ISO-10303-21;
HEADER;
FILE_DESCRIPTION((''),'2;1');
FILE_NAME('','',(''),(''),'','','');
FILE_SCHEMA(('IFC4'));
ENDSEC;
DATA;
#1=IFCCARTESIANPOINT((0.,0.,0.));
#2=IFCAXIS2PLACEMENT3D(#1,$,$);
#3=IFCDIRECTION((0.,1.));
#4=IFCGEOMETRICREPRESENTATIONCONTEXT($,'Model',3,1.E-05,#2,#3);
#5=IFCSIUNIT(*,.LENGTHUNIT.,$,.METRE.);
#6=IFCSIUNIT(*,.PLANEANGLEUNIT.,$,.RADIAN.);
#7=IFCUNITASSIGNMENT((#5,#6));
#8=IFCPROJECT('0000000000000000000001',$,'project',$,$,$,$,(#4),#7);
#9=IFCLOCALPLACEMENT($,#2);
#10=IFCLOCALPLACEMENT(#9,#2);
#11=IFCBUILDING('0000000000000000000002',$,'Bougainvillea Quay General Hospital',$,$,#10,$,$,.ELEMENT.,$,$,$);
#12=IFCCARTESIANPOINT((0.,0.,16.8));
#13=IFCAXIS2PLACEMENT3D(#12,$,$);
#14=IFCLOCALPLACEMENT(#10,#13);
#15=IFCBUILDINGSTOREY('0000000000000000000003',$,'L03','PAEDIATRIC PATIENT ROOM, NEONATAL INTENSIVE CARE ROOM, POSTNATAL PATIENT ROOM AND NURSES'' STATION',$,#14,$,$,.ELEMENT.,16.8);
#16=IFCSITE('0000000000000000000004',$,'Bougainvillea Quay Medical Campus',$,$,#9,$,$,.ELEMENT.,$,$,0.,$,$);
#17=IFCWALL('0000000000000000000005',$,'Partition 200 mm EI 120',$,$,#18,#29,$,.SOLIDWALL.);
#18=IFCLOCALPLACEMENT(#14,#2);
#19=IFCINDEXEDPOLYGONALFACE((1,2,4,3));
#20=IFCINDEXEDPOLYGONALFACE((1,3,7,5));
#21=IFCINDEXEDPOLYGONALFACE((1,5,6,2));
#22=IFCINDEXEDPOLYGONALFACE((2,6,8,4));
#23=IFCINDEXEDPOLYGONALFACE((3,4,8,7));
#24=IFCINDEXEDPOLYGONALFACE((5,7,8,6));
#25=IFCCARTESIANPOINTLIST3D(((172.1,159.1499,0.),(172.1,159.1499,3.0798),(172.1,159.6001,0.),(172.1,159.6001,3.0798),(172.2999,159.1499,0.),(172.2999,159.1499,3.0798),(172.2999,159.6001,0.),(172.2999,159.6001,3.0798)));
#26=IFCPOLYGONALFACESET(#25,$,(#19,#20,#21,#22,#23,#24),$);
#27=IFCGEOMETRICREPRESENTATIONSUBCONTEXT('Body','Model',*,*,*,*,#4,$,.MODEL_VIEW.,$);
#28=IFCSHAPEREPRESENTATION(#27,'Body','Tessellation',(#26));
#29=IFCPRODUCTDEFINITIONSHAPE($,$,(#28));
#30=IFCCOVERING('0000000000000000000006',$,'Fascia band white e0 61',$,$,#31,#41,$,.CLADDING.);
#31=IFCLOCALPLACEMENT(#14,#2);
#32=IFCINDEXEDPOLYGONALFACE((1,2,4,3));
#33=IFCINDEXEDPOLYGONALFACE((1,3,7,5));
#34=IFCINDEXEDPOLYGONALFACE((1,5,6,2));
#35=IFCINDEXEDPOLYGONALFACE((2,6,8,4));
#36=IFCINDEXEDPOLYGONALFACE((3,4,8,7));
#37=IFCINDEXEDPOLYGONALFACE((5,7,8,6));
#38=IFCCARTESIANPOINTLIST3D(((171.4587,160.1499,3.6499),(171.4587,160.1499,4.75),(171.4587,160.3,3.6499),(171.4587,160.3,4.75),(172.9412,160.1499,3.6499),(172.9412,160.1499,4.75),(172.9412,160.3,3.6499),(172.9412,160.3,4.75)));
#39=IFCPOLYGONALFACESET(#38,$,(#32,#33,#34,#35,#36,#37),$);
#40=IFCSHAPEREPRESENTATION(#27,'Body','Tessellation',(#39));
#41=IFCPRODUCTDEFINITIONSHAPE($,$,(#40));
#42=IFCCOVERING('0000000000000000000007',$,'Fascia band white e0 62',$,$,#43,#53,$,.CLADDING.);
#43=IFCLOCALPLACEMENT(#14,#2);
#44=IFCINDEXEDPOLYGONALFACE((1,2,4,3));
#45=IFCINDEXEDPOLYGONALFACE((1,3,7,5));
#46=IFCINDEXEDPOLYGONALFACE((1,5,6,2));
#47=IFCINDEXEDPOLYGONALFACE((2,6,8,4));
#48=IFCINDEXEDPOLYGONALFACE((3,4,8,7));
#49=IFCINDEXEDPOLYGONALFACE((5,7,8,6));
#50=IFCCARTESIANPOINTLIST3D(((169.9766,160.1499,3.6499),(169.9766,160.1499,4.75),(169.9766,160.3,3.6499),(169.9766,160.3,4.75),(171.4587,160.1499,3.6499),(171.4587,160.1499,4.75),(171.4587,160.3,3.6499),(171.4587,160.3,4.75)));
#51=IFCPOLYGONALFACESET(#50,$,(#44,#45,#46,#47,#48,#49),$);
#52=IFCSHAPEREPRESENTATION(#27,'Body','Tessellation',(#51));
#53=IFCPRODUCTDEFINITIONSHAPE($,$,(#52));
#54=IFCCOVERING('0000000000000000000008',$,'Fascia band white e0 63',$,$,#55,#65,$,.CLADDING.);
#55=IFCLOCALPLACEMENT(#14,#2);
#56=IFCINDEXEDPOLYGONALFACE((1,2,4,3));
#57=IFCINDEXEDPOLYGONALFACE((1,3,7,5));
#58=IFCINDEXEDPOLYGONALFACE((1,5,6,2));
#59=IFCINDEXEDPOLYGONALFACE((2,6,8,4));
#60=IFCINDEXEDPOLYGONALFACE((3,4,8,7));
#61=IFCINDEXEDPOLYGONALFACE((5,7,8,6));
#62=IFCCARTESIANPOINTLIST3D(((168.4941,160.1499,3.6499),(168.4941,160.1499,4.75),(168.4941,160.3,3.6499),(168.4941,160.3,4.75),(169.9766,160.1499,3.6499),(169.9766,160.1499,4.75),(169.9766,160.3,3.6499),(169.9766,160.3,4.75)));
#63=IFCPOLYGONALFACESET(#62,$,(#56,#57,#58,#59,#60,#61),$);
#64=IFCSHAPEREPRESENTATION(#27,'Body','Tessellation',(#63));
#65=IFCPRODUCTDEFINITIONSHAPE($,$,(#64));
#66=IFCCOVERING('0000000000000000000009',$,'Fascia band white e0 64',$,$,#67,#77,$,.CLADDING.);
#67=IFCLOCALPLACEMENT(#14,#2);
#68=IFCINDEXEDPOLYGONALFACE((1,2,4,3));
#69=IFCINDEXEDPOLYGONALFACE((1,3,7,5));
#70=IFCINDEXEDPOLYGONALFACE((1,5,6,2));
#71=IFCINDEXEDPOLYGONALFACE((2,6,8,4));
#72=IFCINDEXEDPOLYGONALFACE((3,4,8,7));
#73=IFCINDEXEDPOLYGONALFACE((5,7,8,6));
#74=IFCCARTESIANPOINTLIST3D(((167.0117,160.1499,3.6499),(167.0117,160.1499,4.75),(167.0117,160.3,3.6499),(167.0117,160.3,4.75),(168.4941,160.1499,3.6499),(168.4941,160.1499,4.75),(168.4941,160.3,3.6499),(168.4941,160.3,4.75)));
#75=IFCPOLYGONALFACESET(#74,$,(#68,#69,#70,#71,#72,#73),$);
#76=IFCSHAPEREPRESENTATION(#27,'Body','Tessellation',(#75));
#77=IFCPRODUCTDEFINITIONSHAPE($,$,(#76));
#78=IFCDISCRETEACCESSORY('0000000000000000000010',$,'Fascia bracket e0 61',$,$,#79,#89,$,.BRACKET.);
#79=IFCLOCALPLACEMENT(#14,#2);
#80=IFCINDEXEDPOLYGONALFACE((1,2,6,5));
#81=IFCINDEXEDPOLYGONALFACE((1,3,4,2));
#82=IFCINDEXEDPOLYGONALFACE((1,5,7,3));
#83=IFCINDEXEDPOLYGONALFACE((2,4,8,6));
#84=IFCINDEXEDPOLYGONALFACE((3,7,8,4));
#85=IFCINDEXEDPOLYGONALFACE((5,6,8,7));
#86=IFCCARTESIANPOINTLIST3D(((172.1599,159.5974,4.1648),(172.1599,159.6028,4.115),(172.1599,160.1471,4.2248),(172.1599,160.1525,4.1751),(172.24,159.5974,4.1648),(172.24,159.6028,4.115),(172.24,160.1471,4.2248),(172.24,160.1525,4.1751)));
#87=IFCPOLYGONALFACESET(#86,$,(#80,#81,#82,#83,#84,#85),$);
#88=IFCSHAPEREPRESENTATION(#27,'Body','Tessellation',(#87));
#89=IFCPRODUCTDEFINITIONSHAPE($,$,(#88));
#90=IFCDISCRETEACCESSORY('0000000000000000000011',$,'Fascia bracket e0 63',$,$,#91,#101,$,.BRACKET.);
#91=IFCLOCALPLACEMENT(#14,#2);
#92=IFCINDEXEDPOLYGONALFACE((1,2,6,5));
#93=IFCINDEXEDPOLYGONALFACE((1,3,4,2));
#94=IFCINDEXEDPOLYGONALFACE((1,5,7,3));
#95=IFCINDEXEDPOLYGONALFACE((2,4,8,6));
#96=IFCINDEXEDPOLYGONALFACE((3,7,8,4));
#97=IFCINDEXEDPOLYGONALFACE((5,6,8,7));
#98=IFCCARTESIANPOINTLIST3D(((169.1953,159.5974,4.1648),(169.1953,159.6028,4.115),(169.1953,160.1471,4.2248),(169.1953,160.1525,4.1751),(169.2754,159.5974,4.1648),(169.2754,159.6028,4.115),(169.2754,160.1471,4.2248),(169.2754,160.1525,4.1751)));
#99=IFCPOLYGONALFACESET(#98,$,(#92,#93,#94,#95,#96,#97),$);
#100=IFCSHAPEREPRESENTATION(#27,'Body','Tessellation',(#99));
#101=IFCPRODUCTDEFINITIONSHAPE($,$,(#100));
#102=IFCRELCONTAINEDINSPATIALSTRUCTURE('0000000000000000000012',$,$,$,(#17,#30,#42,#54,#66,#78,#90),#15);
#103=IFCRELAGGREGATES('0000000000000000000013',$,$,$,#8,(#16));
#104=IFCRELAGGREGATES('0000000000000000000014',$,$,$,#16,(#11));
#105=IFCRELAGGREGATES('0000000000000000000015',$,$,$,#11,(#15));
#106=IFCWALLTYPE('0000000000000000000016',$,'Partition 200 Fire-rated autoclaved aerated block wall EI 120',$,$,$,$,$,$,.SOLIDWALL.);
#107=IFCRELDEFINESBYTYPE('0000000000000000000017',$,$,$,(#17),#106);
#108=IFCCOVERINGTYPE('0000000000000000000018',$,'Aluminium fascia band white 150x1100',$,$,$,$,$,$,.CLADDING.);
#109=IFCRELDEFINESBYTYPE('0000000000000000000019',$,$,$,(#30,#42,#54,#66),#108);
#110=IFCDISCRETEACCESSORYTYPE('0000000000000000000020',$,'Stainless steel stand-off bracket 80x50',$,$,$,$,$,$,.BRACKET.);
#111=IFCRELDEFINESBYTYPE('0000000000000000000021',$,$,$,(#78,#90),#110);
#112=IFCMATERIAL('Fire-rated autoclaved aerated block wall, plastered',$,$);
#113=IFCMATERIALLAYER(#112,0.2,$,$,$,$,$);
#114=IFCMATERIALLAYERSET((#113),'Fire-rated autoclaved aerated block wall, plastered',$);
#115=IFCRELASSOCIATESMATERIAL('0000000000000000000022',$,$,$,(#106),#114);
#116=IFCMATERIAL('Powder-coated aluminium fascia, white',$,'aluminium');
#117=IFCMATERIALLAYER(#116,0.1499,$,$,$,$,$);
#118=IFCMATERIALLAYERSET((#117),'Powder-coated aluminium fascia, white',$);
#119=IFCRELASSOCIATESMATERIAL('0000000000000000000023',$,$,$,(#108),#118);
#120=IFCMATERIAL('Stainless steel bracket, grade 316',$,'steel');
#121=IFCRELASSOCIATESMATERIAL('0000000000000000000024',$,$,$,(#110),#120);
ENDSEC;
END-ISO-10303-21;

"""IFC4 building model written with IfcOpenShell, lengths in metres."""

from ifc_helpers import new_model, si_unit, direction, frame, frame_2d, origin, origin_2d, place, context, subcontext, project, spatial, polyline, rectangle, outline, extrude, material, layer, layer_set, material_profile, profile_set, type_object, element, save


model = new_model("IFC4")

# Units and contexts
model_context = context("Model", 3, precision=1e-05, world=origin(), true_north=direction((0.0, 1.0)))
body_context = subcontext(model_context, "Body", "Model", "MODEL_VIEW")
ifc_project = project(units=[si_unit("LENGTHUNIT", "METRE"), si_unit("PLANEANGLEUNIT", "RADIAN")], contexts=[model_context])

# Site, building, storey
site_placement = place(None, origin())
site = spatial("IfcSite", under=ifc_project, at=site_placement, Name="Bougainvillea Quay Medical Campus", CompositionType="ELEMENT", RefElevation=0.0)
building_placement = place(site_placement, origin())
building = spatial("IfcBuilding", under=site, at=building_placement, Name="Bougainvillea Quay General Hospital", CompositionType="ELEMENT")
storey_placement = place(building_placement, frame((0.0, 0.0, 16.8)))
storey = spatial("IfcBuildingStorey", under=building, at=storey_placement, Name="L03", Description="PAEDIATRIC PATIENT ROOM, NEONATAL INTENSIVE CARE ROOM, POSTNATAL PATIENT ROOM AND NURSES' STATION", CompositionType="ELEMENT", Elevation=16.8)

# Wall
ifc_material_1 = material(Name="Fire-rated autoclaved aerated block wall, plastered")
ifc_layer_1 = layer(ifc_material_1, 0.2)
ifc_layer_set_1 = layer_set([ifc_layer_1], Name="Fire-rated autoclaved aerated block wall, plastered")
wall_type = type_object("IfcWallType", Name="Partition 200 Fire-rated autoclaved aerated block wall EI 120", PredefinedType="SOLIDWALL", material=ifc_layer_set_1)
wall_1_placement = place(storey_placement, frame((172.2, 159.1499, 0.0), z_axis=(0.0, 0.0, 1.0), x_axis=(0.0, 1.0, 0.0)))
element("IfcWall", 1, at=wall_1_placement, inside=storey, type_object=wall_type, Name="Partition 200 mm EI 120", PredefinedType="SOLIDWALL", context=body_context, shape_type="SweptSolid", body=[
    extrude(rectangle(XDim=0.4502, YDim=0.2, at=frame_2d((0.2251, 0.0))), origin(), (0.0, 0.0, 1.0), 3.0798),
])

# Coverings
ifc_material_2 = material(Name="Powder-coated aluminium fascia, white", Category="aluminium")
ifc_layer_2 = layer(ifc_material_2, 0.1499)
ifc_layer_set_2 = layer_set([ifc_layer_2], Name="Powder-coated aluminium fascia, white")
covering_type = type_object("IfcCoveringType", Name="Aluminium fascia band white 150x1100", PredefinedType="CLADDING", material=ifc_layer_set_2)
covering_1_placement = place(storey_placement, frame((172.9412, 160.1499, 3.6499), z_axis=(0.0, 0.0, 1.0), x_axis=(-1.0, 0.0, 0.0)))
element("IfcCovering", 2, at=covering_1_placement, inside=storey, type_object=covering_type, Name="Fascia band white e0 61", PredefinedType="CLADDING", context=body_context, shape_type="SweptSolid", body=[
    extrude(outline(polyline([(0.0, 0.0), (1.4824, 0.0), (1.4824, -0.1501), (0.0, -0.1501), (0.0, 0.0)])), origin(), (0.0, 0.0, 1.0), 1.1001),
])
covering_2_placement = place(storey_placement, frame((171.4587, 160.1499, 3.6499), z_axis=(0.0, 0.0, 1.0), x_axis=(-1.0, 0.0, 0.0)))
element("IfcCovering", 3, at=covering_2_placement, inside=storey, type_object=covering_type, Name="Fascia band white e0 62", PredefinedType="CLADDING", context=body_context, shape_type="SweptSolid", body=[
    extrude(outline(polyline([(0.0, 0.0), (1.4822, 0.0), (1.4822, -0.1501), (0.0, -0.1501), (0.0, 0.0)])), origin(), (0.0, 0.0, 1.0), 1.1001),
])
for number, where, z_axis, x_axis, name in (
    (4, (169.9766, 160.1499, 3.6499), (0.0, 0.0, 1.0), (-1.0, 0.0, 0.0), "Fascia band white e0 63"),
    (5, (168.4941, 160.1499, 3.6499), (0.0, 0.0, 1.0), (-1.0, 0.0, 0.0), "Fascia band white e0 64"),
):
    element("IfcCovering", number, at=place(storey_placement, frame(where, z_axis=z_axis, x_axis=x_axis)), inside=storey, type_object=covering_type, Name=name, PredefinedType="CLADDING", context=body_context, shape_type="SweptSolid", body=[
        extrude(outline(polyline([(0.0, 0.0), (1.4824, 0.0), (1.4824, -0.1501), (0.0, -0.1501), (0.0, 0.0)])), origin(), (0.0, 0.0, 1.0), 1.1001),
    ])

# Discrete accessories
ifc_material_3 = material(Name="Stainless steel bracket, grade 316", Category="steel")
ifc_material_profile_1 = material_profile(ifc_material_3, rectangle(XDim=0.0801, YDim=0.05, at=origin_2d()))
ifc_profile_set_1 = profile_set([ifc_material_profile_1], Name="Stainless steel bracket, grade 316")
discrete_accessory_type = type_object("IfcDiscreteAccessoryType", Name="Stainless steel stand-off bracket 80x50", PredefinedType="BRACKET", material=ifc_profile_set_1)
for number, where, z_axis, x_axis, name in (
    (6, (172.2, 159.6001, 4.1399), (0.0, 0.994087, 0.10859), (-1.0, 0.0, 0.0), "Fascia bracket e0 61"),
    (7, (169.2354, 159.6001, 4.1399), (0.0, 0.994087, 0.10859), (-1.0, 0.0, 0.0), "Fascia bracket e0 63"),
):
    element("IfcDiscreteAccessory", number, at=place(storey_placement, frame(where, z_axis=z_axis, x_axis=x_axis)), inside=storey, type_object=discrete_accessory_type, Name=name, PredefinedType="BRACKET", context=body_context, shape_type="SweptSolid", body=[
        extrude(rectangle(XDim=0.0801, YDim=0.05, at=origin_2d()), origin(), (0.0, 0.0, 1.0), 0.553),
    ])

save(model, "model.ifc")
